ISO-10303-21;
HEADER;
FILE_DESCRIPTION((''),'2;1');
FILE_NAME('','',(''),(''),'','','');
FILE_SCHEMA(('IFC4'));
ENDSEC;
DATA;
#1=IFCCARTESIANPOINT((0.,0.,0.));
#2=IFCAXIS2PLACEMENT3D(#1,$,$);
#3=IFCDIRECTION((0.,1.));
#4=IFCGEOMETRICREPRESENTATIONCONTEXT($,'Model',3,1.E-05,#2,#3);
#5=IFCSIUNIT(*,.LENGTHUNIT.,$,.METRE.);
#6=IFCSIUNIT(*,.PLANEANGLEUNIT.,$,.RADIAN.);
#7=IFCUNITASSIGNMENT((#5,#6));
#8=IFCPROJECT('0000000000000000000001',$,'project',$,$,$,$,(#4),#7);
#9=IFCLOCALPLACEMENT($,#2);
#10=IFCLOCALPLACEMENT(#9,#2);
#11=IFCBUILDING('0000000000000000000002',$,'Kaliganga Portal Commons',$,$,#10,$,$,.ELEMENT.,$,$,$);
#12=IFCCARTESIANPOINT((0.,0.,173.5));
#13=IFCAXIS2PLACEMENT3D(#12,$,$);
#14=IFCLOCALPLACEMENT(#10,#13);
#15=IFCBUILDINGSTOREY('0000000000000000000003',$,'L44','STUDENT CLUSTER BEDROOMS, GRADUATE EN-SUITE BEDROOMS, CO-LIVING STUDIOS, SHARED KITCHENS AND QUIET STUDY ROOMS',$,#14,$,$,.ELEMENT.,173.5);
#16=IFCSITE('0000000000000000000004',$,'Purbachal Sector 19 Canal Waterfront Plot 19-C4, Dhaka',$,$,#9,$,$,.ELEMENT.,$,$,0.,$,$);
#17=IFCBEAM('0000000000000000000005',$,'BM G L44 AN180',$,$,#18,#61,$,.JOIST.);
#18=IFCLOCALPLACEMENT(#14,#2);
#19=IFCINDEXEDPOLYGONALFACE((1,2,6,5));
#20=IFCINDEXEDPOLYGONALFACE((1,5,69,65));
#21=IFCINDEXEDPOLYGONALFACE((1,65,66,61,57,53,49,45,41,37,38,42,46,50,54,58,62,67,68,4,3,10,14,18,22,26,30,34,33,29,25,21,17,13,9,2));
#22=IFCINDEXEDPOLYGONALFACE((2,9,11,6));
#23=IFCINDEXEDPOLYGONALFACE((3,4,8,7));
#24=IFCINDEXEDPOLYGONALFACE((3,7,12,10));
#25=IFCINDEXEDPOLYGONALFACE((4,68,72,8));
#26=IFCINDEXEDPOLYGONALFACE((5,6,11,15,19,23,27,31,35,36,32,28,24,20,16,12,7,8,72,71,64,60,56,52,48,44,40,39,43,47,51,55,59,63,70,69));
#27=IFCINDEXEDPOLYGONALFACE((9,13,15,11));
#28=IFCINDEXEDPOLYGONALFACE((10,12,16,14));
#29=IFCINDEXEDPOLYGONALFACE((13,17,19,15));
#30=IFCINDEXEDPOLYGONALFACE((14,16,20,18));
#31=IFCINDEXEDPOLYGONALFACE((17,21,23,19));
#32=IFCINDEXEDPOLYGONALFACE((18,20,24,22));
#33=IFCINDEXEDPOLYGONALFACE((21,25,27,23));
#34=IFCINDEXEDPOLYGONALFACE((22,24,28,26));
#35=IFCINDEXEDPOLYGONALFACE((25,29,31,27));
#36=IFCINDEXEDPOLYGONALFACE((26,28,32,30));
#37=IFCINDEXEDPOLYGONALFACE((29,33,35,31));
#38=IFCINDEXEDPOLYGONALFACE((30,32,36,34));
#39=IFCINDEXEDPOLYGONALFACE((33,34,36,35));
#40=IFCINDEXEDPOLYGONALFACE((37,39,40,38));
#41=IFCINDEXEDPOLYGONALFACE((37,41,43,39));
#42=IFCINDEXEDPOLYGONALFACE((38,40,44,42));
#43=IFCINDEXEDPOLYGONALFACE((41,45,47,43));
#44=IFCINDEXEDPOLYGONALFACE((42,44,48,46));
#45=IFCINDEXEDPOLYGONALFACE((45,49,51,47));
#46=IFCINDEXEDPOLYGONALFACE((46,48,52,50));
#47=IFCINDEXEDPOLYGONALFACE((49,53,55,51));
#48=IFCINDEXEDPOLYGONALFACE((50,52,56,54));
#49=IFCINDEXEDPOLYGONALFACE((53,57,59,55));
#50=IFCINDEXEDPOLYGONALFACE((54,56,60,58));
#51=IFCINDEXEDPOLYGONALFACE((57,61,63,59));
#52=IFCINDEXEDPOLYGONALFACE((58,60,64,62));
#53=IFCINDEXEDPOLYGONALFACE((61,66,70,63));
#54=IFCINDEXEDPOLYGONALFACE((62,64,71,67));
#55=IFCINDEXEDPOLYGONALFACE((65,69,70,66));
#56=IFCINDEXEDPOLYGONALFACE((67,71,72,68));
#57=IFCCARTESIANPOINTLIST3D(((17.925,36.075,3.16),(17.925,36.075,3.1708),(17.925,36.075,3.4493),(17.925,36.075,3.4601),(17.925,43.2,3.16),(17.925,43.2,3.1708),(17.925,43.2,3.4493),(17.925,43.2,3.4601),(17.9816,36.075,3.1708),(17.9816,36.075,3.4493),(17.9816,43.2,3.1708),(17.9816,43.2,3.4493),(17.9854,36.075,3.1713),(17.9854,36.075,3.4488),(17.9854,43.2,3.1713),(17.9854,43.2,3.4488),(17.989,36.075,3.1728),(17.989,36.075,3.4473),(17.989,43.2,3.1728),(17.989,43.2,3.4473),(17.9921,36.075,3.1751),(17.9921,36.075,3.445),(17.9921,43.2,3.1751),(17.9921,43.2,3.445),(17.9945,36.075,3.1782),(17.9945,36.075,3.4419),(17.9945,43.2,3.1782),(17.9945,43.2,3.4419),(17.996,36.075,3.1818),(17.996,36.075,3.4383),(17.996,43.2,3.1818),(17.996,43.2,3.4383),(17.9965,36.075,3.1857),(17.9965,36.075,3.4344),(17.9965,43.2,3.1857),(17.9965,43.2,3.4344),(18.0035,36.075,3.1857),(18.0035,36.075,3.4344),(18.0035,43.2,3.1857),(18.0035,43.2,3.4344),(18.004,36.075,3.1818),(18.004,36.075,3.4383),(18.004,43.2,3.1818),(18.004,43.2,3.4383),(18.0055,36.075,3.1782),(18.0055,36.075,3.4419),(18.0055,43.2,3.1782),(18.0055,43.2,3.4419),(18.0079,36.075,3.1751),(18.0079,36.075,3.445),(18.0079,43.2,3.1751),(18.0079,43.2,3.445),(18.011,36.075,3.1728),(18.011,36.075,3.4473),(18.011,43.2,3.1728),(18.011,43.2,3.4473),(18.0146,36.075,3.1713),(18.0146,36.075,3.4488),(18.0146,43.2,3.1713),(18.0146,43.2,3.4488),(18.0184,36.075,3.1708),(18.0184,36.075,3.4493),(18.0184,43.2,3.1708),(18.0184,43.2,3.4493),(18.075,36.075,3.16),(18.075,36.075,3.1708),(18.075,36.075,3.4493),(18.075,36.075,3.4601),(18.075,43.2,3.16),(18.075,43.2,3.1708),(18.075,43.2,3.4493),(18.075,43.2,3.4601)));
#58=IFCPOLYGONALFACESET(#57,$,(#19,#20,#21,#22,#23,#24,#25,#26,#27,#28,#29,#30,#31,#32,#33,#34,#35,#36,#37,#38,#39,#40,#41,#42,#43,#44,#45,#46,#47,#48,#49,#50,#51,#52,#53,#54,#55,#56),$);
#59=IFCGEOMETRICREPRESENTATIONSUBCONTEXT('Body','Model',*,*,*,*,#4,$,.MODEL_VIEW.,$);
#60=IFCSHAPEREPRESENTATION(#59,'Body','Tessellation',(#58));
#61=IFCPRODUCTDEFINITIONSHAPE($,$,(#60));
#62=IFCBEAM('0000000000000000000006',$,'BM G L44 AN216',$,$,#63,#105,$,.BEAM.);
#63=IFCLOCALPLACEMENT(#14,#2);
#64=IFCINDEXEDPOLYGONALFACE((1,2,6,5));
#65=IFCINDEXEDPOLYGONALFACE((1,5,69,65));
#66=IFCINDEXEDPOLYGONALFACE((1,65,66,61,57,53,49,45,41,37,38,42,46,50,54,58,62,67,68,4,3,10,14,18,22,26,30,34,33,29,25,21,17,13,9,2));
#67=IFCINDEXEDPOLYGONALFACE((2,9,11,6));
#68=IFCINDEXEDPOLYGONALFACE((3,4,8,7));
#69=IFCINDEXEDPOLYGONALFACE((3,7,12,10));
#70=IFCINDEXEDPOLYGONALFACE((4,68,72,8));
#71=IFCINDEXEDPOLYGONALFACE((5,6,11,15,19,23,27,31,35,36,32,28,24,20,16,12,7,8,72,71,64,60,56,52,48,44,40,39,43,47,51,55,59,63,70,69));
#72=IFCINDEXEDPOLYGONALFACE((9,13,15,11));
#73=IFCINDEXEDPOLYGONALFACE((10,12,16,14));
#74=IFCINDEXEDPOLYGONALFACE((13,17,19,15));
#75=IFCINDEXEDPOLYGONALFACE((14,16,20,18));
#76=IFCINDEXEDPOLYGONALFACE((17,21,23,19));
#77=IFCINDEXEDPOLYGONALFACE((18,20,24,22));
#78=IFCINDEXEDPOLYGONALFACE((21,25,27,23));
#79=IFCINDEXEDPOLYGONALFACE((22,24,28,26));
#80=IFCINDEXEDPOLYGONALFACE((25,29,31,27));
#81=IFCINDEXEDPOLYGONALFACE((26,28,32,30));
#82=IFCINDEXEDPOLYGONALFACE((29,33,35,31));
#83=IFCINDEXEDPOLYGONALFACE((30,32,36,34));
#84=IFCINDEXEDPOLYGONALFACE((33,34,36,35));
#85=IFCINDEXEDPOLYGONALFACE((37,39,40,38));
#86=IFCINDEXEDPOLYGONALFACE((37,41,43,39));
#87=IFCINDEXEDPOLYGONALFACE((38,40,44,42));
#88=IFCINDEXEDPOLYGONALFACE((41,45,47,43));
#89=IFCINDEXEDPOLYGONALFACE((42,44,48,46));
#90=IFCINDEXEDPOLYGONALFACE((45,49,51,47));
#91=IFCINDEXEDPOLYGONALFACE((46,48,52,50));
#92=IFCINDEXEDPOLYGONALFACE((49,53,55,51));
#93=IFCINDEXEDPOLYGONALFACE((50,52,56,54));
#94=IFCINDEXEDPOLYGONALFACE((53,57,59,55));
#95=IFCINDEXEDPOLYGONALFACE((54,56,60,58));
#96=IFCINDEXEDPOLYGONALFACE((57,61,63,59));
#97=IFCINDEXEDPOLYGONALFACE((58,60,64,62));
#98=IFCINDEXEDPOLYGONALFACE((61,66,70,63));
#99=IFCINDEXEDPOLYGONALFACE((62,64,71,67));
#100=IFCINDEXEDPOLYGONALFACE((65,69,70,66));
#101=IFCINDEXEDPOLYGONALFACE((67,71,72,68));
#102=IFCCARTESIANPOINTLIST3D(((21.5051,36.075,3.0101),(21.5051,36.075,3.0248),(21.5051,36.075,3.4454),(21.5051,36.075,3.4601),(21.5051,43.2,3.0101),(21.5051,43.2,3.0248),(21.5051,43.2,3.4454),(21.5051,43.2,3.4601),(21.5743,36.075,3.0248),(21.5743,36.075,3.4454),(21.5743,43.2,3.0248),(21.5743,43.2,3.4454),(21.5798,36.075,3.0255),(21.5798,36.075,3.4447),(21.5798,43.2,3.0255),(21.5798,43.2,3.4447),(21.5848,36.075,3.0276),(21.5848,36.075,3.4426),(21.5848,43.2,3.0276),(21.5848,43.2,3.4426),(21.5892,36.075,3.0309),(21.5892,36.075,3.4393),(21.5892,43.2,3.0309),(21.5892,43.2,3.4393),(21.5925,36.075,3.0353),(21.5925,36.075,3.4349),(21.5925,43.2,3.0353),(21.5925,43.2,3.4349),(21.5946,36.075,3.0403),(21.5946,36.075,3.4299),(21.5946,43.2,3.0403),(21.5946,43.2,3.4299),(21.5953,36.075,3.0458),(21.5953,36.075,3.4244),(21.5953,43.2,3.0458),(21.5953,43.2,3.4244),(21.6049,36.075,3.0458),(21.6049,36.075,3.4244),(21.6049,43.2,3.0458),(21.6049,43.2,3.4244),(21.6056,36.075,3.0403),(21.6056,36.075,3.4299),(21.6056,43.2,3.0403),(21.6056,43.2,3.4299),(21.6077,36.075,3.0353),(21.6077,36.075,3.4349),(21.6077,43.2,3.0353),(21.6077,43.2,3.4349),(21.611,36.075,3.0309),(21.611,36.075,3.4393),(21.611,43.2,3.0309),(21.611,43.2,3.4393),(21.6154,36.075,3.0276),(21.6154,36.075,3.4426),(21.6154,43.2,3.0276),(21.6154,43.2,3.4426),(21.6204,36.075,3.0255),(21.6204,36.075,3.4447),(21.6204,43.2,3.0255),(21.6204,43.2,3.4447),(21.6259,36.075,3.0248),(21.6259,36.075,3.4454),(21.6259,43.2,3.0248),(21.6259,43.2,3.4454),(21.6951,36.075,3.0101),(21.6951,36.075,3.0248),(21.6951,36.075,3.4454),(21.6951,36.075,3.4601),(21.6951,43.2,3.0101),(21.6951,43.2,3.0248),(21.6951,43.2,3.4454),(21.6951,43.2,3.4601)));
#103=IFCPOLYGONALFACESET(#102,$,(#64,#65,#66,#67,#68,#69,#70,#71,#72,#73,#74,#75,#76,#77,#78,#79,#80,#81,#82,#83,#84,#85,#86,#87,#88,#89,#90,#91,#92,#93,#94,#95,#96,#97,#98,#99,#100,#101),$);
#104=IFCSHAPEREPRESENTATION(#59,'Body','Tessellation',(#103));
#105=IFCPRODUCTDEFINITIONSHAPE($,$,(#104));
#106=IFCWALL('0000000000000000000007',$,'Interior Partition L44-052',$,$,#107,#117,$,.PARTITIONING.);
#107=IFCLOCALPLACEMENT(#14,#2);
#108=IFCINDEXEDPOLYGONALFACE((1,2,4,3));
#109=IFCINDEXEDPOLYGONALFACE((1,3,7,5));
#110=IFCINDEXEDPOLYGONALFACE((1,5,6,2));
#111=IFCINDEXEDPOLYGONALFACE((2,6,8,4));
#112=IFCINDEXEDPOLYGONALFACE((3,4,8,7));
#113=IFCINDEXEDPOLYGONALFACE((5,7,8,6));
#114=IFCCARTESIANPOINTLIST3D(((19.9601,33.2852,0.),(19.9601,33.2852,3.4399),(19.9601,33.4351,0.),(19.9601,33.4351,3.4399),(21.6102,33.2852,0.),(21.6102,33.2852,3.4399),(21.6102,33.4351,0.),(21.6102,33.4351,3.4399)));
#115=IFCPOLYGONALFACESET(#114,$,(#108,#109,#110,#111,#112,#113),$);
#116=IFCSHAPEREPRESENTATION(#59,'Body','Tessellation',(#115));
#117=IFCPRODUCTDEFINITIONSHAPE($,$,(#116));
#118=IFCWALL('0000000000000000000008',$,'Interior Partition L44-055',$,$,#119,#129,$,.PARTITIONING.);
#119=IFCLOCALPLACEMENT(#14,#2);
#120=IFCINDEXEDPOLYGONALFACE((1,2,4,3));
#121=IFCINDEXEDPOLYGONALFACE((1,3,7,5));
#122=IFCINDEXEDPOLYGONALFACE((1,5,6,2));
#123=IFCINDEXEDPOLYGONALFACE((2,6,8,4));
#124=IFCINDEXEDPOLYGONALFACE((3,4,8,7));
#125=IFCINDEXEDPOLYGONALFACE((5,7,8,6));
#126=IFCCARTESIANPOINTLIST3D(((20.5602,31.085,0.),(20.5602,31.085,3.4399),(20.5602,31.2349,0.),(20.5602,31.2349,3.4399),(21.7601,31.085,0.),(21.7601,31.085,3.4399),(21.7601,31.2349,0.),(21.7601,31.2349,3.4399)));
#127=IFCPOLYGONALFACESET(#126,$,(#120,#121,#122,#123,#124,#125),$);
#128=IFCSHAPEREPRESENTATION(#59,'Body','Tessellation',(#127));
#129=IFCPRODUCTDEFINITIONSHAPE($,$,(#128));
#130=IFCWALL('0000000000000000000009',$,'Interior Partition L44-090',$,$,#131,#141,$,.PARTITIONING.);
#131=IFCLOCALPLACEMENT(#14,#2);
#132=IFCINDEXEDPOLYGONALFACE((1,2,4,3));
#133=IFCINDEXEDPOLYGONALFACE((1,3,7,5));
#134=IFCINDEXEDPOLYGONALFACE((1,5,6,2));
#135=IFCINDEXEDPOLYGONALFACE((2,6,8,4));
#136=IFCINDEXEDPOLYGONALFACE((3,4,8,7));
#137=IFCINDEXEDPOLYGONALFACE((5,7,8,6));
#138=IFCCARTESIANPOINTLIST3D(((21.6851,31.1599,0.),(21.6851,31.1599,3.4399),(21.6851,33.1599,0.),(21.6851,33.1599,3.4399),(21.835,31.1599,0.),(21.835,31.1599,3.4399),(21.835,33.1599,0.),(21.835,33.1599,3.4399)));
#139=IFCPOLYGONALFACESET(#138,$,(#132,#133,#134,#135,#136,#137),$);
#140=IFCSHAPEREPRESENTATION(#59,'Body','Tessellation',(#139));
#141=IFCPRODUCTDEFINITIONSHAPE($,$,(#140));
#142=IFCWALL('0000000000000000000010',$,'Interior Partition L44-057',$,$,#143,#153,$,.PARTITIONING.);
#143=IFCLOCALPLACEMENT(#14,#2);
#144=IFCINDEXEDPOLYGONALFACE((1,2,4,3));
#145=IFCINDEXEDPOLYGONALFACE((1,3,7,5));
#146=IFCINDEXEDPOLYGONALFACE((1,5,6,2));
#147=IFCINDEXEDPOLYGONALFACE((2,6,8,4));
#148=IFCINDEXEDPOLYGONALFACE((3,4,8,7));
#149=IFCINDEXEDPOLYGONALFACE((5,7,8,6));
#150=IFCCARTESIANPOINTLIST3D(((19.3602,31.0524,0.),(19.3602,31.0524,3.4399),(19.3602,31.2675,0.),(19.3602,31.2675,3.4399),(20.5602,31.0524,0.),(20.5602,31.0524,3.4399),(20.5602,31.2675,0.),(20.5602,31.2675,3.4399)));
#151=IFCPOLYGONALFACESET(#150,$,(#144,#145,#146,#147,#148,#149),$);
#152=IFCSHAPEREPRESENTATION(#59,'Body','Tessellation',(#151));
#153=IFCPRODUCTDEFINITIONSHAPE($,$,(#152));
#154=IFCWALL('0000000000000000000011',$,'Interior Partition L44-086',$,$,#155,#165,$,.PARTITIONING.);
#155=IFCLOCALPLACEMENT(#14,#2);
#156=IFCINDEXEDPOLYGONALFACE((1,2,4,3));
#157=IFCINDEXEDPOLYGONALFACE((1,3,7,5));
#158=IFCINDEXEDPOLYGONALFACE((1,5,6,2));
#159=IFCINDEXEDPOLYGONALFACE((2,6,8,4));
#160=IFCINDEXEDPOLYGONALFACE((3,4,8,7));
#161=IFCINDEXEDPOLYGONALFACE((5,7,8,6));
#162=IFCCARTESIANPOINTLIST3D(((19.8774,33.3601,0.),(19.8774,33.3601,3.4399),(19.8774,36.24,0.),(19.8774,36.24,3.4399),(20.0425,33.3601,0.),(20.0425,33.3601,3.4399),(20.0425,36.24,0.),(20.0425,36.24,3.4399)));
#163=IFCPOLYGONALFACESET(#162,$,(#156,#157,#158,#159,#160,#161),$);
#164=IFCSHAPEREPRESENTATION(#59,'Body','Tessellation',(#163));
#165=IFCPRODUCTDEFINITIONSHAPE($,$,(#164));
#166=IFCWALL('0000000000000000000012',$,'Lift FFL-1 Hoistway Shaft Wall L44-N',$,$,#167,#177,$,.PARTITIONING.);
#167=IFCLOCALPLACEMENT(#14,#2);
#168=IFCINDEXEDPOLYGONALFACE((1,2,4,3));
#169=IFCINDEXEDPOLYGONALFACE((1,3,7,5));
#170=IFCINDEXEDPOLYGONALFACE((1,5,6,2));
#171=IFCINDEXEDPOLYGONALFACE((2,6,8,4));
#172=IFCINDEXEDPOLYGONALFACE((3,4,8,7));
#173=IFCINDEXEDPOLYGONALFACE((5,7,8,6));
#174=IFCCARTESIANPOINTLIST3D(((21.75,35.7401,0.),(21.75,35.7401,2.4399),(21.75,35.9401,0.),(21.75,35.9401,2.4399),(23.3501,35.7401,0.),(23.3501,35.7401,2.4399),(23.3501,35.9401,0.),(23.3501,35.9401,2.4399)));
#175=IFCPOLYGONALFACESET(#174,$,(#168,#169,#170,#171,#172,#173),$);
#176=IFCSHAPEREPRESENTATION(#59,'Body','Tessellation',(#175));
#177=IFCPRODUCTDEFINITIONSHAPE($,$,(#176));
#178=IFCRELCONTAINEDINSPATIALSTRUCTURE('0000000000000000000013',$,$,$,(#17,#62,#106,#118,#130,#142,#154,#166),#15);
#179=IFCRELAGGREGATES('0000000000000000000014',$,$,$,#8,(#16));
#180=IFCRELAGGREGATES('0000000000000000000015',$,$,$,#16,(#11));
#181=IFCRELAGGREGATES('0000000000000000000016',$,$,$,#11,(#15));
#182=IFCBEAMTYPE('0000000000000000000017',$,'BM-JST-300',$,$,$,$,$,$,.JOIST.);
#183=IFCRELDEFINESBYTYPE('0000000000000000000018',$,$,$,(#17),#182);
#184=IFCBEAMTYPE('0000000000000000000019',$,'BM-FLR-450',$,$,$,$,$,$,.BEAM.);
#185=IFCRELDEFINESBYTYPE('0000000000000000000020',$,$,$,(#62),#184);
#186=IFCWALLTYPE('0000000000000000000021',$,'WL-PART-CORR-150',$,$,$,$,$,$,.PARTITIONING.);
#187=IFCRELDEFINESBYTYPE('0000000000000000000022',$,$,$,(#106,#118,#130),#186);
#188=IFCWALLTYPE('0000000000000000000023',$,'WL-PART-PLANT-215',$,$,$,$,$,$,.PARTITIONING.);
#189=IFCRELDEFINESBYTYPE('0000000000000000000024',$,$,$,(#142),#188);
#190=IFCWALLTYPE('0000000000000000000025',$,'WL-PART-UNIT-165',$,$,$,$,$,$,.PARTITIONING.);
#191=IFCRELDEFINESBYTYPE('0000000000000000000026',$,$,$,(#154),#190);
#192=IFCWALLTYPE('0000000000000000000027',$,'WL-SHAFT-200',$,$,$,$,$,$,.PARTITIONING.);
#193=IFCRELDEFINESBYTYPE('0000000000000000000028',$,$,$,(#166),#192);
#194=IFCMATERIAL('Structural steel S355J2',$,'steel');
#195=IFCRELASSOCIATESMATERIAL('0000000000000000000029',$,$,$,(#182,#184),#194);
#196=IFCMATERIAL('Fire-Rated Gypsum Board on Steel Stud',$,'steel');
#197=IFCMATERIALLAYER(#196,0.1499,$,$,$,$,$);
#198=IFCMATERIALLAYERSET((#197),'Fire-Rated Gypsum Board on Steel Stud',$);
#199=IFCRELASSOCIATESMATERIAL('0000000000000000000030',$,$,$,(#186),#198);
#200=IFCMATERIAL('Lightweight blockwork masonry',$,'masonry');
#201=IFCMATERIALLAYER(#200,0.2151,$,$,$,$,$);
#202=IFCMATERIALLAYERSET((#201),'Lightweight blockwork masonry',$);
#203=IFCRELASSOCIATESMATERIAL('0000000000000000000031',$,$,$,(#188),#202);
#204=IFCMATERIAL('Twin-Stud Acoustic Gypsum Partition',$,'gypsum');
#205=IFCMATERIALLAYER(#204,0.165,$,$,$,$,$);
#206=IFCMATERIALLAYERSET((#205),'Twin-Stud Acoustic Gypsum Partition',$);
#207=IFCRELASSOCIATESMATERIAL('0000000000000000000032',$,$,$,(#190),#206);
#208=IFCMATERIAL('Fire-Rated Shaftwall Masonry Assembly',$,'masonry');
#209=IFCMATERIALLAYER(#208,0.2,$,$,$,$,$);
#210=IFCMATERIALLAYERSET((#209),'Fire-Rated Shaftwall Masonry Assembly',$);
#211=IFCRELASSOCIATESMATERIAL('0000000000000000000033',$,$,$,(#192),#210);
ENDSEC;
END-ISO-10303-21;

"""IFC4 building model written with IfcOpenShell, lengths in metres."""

from ifc_helpers import new_model, si_unit, direction, frame, frame_2d, origin, origin_2d, place, context, subcontext, project, spatial, rectangle, i_section, extrude, source, transform, mapped, material, layer, layer_set, material_profile, profile_set, type_object, element, save


model = new_model("IFC4")

# Units and contexts
model_context = context("Model", 3, precision=1e-05, world=origin(), true_north=direction((0.0, 1.0)))
body_context = subcontext(model_context, "Body", "Model", "MODEL_VIEW")
ifc_project = project(units=[si_unit("LENGTHUNIT", "METRE"), si_unit("PLANEANGLEUNIT", "RADIAN")], contexts=[model_context])

# Site, building, storey
site_placement = place(None, origin())
site = spatial("IfcSite", under=ifc_project, at=site_placement, Name="Purbachal Sector 19 Canal Waterfront Plot 19-C4, Dhaka", CompositionType="ELEMENT", RefElevation=0.0)
building_placement = place(site_placement, origin())
building = spatial("IfcBuilding", under=site, at=building_placement, Name="Kaliganga Portal Commons", CompositionType="ELEMENT")
storey_placement = place(building_placement, frame((0.0, 0.0, 173.5)))
storey = spatial("IfcBuildingStorey", under=building, at=storey_placement, Name="L44", Description="STUDENT CLUSTER BEDROOMS, GRADUATE EN-SUITE BEDROOMS, CO-LIVING STUDIOS, SHARED KITCHENS AND QUIET STUDY ROOMS", CompositionType="ELEMENT", Elevation=173.5)

# Beams
ifc_material_1 = material(Name="Structural steel S355J2", Category="steel")
ifc_material_profile_1 = material_profile(ifc_material_1, i_section(OverallWidth=0.1499, OverallDepth=0.3, WebThickness=0.0071, FlangeThickness=0.0107, FilletRadius=0.0149, at=origin_2d()), Name="IPE 300")
ifc_profile_set_1 = profile_set([ifc_material_profile_1], Name="Structural steel S355J2 wide-flange")
beam_type_1 = type_object("IfcBeamType", Name="BM-JST-300", PredefinedType="JOIST", material=ifc_profile_set_1)
shared_shape_1 = source(origin(), body_context, "Body", "SweptSolid", [
    extrude(i_section(OverallWidth=0.1499, OverallDepth=0.3, WebThickness=0.0071, FlangeThickness=0.0107, FilletRadius=0.0149, at=origin_2d()), origin(), (0.0, 0.0, 1.0), 7.125),
])
beam_1_placement = place(storey_placement, frame((18.0, 36.075, 3.3101), z_axis=(0.0, 1.0, 0.0), x_axis=(-1.0, 0.0, 0.0)))
element("IfcBeam", 1, at=beam_1_placement, inside=storey, type_object=beam_type_1, Name="BM G L44 AN180", PredefinedType="JOIST", context=body_context, shape_type="MappedRepresentation", body=[
    mapped(shared_shape_1, transform((0.0, 0.0, 0.0), x_axis=(1.0, 0.0, 0.0), y_axis=(0.0, 1.0, 0.0), z_axis=(0.0, 0.0, 1.0), scale=1.0)),
])
ifc_material_profile_2 = material_profile(ifc_material_1, i_section(OverallWidth=0.1899, OverallDepth=0.45, WebThickness=0.0095, FlangeThickness=0.0146, FilletRadius=0.021, at=origin_2d()), Name="IPE 450")
ifc_profile_set_2 = profile_set([ifc_material_profile_2], Name="Structural steel S355J2 wide-flange")
beam_type_2 = type_object("IfcBeamType", Name="BM-FLR-450", PredefinedType="BEAM", material=ifc_profile_set_2)
shared_shape_2 = source(origin(), body_context, "Body", "SweptSolid", [
    extrude(i_section(OverallWidth=0.1899, OverallDepth=0.45, WebThickness=0.0095, FlangeThickness=0.0146, FilletRadius=0.021, at=origin_2d()), origin(), (0.0, 0.0, 1.0), 7.125),
])
beam_2_placement = place(storey_placement, frame((21.6001, 36.075, 3.2351), z_axis=(0.0, 1.0, 0.0), x_axis=(-1.0, 0.0, 0.0)))
element("IfcBeam", 2, at=beam_2_placement, inside=storey, type_object=beam_type_2, Name="BM G L44 AN216", PredefinedType="BEAM", context=body_context, shape_type="MappedRepresentation", body=[
    mapped(shared_shape_2, transform((0.0, 0.0, 0.0), x_axis=(1.0, 0.0, 0.0), y_axis=(0.0, 1.0, 0.0), z_axis=(0.0, 0.0, 1.0), scale=1.0)),
])

# Walls
ifc_material_2 = material(Name="Fire-Rated Gypsum Board on Steel Stud", Category="steel")
ifc_layer_1 = layer(ifc_material_2, 0.1499)
ifc_layer_set_1 = layer_set([ifc_layer_1], Name="Fire-Rated Gypsum Board on Steel Stud")
wall_type_1 = type_object("IfcWallType", Name="WL-PART-CORR-150", PredefinedType="PARTITIONING", material=ifc_layer_set_1)
wall_1_placement = place(storey_placement, frame((19.96, 33.3601, 0.0), z_axis=(0.0, 0.0, 1.0), x_axis=(1.0, 0.0, 0.0)))
element("IfcWall", 3, at=wall_1_placement, inside=storey, type_object=wall_type_1, Name="Interior Partition L44-052", PredefinedType="PARTITIONING", context=body_context, shape_type="SweptSolid", body=[
    extrude(rectangle(XDim=1.6501, YDim=0.1499, at=frame_2d((0.8252, 0.0))), origin(), (0.0, 0.0, 1.0), 3.4399),
])
wall_2_placement = place(storey_placement, frame((20.5601, 31.1599, 0.0), z_axis=(0.0, 0.0, 1.0), x_axis=(1.0, 0.0, 0.0)))
element("IfcWall", 4, at=wall_2_placement, inside=storey, type_object=wall_type_1, Name="Interior Partition L44-055", PredefinedType="PARTITIONING", context=body_context, shape_type="SweptSolid", body=[
    extrude(rectangle(XDim=1.2, YDim=0.1499, at=frame_2d((0.6001, 0.0))), origin(), (0.0, 0.0, 1.0), 3.4399),
])
wall_3_placement = place(storey_placement, frame((21.76, 31.1599, 0.0), z_axis=(0.0, 0.0, 1.0), x_axis=(0.0, 1.0, 0.0)))
element("IfcWall", 5, at=wall_3_placement, inside=storey, type_object=wall_type_1, Name="Interior Partition L44-090", PredefinedType="PARTITIONING", context=body_context, shape_type="SweptSolid", body=[
    extrude(rectangle(XDim=2.0, YDim=0.1499, at=frame_2d((1.0, 0.0))), origin(), (0.0, 0.0, 1.0), 3.4399),
])
ifc_material_3 = material(Name="Lightweight blockwork masonry", Category="masonry")
ifc_layer_2 = layer(ifc_material_3, 0.2151)
ifc_layer_set_2 = layer_set([ifc_layer_2], Name="Lightweight blockwork masonry")
wall_type_2 = type_object("IfcWallType", Name="WL-PART-PLANT-215", PredefinedType="PARTITIONING", material=ifc_layer_set_2)
wall_4_placement = place(storey_placement, frame((19.3601, 31.1599, 0.0), z_axis=(0.0, 0.0, 1.0), x_axis=(1.0, 0.0, 0.0)))
element("IfcWall", 6, at=wall_4_placement, inside=storey, type_object=wall_type_2, Name="Interior Partition L44-057", PredefinedType="PARTITIONING", context=body_context, shape_type="SweptSolid", body=[
    extrude(rectangle(XDim=1.2, YDim=0.2151, at=frame_2d((0.6001, 0.0))), origin(), (0.0, 0.0, 1.0), 3.4399),
])
ifc_material_4 = material(Name="Twin-Stud Acoustic Gypsum Partition", Category="gypsum")
ifc_layer_3 = layer(ifc_material_4, 0.165)
ifc_layer_set_3 = layer_set([ifc_layer_3], Name="Twin-Stud Acoustic Gypsum Partition")
wall_type_3 = type_object("IfcWallType", Name="WL-PART-UNIT-165", PredefinedType="PARTITIONING", material=ifc_layer_set_3)
wall_5_placement = place(storey_placement, frame((19.96, 33.3601, 0.0), z_axis=(0.0, 0.0, 1.0), x_axis=(0.0, 1.0, 0.0)))
element("IfcWall", 7, at=wall_5_placement, inside=storey, type_object=wall_type_3, Name="Interior Partition L44-086", PredefinedType="PARTITIONING", context=body_context, shape_type="SweptSolid", body=[
    extrude(rectangle(XDim=2.8799, YDim=0.165, at=frame_2d((1.4399, 0.0))), origin(), (0.0, 0.0, 1.0), 3.4399),
])

# Shared definitions
ifc_material_5 = material(Name="Fire-Rated Shaftwall Masonry Assembly", Category="masonry")
ifc_layer_4 = layer(ifc_material_5, 0.2)
ifc_layer_set_4 = layer_set([ifc_layer_4], Name="Fire-Rated Shaftwall Masonry Assembly")
wall_type_4 = type_object("IfcWallType", Name="WL-SHAFT-200", PredefinedType="PARTITIONING", material=ifc_layer_set_4)

# Wall
wall_6_placement = place(storey_placement, frame((21.75, 35.8401, 0.0), z_axis=(0.0, 0.0, 1.0), x_axis=(1.0, 0.0, 0.0)))
element("IfcWall", 8, at=wall_6_placement, inside=storey, type_object=wall_type_4, Name="Lift FFL-1 Hoistway Shaft Wall L44-N", PredefinedType="PARTITIONING", context=body_context, shape_type="SweptSolid", body=[
    extrude(rectangle(XDim=1.6001, YDim=0.2, at=frame_2d((0.8, 0.0))), origin(), (0.0, 0.0, 1.0), 2.4399),
])

save(model, "model.ifc")
